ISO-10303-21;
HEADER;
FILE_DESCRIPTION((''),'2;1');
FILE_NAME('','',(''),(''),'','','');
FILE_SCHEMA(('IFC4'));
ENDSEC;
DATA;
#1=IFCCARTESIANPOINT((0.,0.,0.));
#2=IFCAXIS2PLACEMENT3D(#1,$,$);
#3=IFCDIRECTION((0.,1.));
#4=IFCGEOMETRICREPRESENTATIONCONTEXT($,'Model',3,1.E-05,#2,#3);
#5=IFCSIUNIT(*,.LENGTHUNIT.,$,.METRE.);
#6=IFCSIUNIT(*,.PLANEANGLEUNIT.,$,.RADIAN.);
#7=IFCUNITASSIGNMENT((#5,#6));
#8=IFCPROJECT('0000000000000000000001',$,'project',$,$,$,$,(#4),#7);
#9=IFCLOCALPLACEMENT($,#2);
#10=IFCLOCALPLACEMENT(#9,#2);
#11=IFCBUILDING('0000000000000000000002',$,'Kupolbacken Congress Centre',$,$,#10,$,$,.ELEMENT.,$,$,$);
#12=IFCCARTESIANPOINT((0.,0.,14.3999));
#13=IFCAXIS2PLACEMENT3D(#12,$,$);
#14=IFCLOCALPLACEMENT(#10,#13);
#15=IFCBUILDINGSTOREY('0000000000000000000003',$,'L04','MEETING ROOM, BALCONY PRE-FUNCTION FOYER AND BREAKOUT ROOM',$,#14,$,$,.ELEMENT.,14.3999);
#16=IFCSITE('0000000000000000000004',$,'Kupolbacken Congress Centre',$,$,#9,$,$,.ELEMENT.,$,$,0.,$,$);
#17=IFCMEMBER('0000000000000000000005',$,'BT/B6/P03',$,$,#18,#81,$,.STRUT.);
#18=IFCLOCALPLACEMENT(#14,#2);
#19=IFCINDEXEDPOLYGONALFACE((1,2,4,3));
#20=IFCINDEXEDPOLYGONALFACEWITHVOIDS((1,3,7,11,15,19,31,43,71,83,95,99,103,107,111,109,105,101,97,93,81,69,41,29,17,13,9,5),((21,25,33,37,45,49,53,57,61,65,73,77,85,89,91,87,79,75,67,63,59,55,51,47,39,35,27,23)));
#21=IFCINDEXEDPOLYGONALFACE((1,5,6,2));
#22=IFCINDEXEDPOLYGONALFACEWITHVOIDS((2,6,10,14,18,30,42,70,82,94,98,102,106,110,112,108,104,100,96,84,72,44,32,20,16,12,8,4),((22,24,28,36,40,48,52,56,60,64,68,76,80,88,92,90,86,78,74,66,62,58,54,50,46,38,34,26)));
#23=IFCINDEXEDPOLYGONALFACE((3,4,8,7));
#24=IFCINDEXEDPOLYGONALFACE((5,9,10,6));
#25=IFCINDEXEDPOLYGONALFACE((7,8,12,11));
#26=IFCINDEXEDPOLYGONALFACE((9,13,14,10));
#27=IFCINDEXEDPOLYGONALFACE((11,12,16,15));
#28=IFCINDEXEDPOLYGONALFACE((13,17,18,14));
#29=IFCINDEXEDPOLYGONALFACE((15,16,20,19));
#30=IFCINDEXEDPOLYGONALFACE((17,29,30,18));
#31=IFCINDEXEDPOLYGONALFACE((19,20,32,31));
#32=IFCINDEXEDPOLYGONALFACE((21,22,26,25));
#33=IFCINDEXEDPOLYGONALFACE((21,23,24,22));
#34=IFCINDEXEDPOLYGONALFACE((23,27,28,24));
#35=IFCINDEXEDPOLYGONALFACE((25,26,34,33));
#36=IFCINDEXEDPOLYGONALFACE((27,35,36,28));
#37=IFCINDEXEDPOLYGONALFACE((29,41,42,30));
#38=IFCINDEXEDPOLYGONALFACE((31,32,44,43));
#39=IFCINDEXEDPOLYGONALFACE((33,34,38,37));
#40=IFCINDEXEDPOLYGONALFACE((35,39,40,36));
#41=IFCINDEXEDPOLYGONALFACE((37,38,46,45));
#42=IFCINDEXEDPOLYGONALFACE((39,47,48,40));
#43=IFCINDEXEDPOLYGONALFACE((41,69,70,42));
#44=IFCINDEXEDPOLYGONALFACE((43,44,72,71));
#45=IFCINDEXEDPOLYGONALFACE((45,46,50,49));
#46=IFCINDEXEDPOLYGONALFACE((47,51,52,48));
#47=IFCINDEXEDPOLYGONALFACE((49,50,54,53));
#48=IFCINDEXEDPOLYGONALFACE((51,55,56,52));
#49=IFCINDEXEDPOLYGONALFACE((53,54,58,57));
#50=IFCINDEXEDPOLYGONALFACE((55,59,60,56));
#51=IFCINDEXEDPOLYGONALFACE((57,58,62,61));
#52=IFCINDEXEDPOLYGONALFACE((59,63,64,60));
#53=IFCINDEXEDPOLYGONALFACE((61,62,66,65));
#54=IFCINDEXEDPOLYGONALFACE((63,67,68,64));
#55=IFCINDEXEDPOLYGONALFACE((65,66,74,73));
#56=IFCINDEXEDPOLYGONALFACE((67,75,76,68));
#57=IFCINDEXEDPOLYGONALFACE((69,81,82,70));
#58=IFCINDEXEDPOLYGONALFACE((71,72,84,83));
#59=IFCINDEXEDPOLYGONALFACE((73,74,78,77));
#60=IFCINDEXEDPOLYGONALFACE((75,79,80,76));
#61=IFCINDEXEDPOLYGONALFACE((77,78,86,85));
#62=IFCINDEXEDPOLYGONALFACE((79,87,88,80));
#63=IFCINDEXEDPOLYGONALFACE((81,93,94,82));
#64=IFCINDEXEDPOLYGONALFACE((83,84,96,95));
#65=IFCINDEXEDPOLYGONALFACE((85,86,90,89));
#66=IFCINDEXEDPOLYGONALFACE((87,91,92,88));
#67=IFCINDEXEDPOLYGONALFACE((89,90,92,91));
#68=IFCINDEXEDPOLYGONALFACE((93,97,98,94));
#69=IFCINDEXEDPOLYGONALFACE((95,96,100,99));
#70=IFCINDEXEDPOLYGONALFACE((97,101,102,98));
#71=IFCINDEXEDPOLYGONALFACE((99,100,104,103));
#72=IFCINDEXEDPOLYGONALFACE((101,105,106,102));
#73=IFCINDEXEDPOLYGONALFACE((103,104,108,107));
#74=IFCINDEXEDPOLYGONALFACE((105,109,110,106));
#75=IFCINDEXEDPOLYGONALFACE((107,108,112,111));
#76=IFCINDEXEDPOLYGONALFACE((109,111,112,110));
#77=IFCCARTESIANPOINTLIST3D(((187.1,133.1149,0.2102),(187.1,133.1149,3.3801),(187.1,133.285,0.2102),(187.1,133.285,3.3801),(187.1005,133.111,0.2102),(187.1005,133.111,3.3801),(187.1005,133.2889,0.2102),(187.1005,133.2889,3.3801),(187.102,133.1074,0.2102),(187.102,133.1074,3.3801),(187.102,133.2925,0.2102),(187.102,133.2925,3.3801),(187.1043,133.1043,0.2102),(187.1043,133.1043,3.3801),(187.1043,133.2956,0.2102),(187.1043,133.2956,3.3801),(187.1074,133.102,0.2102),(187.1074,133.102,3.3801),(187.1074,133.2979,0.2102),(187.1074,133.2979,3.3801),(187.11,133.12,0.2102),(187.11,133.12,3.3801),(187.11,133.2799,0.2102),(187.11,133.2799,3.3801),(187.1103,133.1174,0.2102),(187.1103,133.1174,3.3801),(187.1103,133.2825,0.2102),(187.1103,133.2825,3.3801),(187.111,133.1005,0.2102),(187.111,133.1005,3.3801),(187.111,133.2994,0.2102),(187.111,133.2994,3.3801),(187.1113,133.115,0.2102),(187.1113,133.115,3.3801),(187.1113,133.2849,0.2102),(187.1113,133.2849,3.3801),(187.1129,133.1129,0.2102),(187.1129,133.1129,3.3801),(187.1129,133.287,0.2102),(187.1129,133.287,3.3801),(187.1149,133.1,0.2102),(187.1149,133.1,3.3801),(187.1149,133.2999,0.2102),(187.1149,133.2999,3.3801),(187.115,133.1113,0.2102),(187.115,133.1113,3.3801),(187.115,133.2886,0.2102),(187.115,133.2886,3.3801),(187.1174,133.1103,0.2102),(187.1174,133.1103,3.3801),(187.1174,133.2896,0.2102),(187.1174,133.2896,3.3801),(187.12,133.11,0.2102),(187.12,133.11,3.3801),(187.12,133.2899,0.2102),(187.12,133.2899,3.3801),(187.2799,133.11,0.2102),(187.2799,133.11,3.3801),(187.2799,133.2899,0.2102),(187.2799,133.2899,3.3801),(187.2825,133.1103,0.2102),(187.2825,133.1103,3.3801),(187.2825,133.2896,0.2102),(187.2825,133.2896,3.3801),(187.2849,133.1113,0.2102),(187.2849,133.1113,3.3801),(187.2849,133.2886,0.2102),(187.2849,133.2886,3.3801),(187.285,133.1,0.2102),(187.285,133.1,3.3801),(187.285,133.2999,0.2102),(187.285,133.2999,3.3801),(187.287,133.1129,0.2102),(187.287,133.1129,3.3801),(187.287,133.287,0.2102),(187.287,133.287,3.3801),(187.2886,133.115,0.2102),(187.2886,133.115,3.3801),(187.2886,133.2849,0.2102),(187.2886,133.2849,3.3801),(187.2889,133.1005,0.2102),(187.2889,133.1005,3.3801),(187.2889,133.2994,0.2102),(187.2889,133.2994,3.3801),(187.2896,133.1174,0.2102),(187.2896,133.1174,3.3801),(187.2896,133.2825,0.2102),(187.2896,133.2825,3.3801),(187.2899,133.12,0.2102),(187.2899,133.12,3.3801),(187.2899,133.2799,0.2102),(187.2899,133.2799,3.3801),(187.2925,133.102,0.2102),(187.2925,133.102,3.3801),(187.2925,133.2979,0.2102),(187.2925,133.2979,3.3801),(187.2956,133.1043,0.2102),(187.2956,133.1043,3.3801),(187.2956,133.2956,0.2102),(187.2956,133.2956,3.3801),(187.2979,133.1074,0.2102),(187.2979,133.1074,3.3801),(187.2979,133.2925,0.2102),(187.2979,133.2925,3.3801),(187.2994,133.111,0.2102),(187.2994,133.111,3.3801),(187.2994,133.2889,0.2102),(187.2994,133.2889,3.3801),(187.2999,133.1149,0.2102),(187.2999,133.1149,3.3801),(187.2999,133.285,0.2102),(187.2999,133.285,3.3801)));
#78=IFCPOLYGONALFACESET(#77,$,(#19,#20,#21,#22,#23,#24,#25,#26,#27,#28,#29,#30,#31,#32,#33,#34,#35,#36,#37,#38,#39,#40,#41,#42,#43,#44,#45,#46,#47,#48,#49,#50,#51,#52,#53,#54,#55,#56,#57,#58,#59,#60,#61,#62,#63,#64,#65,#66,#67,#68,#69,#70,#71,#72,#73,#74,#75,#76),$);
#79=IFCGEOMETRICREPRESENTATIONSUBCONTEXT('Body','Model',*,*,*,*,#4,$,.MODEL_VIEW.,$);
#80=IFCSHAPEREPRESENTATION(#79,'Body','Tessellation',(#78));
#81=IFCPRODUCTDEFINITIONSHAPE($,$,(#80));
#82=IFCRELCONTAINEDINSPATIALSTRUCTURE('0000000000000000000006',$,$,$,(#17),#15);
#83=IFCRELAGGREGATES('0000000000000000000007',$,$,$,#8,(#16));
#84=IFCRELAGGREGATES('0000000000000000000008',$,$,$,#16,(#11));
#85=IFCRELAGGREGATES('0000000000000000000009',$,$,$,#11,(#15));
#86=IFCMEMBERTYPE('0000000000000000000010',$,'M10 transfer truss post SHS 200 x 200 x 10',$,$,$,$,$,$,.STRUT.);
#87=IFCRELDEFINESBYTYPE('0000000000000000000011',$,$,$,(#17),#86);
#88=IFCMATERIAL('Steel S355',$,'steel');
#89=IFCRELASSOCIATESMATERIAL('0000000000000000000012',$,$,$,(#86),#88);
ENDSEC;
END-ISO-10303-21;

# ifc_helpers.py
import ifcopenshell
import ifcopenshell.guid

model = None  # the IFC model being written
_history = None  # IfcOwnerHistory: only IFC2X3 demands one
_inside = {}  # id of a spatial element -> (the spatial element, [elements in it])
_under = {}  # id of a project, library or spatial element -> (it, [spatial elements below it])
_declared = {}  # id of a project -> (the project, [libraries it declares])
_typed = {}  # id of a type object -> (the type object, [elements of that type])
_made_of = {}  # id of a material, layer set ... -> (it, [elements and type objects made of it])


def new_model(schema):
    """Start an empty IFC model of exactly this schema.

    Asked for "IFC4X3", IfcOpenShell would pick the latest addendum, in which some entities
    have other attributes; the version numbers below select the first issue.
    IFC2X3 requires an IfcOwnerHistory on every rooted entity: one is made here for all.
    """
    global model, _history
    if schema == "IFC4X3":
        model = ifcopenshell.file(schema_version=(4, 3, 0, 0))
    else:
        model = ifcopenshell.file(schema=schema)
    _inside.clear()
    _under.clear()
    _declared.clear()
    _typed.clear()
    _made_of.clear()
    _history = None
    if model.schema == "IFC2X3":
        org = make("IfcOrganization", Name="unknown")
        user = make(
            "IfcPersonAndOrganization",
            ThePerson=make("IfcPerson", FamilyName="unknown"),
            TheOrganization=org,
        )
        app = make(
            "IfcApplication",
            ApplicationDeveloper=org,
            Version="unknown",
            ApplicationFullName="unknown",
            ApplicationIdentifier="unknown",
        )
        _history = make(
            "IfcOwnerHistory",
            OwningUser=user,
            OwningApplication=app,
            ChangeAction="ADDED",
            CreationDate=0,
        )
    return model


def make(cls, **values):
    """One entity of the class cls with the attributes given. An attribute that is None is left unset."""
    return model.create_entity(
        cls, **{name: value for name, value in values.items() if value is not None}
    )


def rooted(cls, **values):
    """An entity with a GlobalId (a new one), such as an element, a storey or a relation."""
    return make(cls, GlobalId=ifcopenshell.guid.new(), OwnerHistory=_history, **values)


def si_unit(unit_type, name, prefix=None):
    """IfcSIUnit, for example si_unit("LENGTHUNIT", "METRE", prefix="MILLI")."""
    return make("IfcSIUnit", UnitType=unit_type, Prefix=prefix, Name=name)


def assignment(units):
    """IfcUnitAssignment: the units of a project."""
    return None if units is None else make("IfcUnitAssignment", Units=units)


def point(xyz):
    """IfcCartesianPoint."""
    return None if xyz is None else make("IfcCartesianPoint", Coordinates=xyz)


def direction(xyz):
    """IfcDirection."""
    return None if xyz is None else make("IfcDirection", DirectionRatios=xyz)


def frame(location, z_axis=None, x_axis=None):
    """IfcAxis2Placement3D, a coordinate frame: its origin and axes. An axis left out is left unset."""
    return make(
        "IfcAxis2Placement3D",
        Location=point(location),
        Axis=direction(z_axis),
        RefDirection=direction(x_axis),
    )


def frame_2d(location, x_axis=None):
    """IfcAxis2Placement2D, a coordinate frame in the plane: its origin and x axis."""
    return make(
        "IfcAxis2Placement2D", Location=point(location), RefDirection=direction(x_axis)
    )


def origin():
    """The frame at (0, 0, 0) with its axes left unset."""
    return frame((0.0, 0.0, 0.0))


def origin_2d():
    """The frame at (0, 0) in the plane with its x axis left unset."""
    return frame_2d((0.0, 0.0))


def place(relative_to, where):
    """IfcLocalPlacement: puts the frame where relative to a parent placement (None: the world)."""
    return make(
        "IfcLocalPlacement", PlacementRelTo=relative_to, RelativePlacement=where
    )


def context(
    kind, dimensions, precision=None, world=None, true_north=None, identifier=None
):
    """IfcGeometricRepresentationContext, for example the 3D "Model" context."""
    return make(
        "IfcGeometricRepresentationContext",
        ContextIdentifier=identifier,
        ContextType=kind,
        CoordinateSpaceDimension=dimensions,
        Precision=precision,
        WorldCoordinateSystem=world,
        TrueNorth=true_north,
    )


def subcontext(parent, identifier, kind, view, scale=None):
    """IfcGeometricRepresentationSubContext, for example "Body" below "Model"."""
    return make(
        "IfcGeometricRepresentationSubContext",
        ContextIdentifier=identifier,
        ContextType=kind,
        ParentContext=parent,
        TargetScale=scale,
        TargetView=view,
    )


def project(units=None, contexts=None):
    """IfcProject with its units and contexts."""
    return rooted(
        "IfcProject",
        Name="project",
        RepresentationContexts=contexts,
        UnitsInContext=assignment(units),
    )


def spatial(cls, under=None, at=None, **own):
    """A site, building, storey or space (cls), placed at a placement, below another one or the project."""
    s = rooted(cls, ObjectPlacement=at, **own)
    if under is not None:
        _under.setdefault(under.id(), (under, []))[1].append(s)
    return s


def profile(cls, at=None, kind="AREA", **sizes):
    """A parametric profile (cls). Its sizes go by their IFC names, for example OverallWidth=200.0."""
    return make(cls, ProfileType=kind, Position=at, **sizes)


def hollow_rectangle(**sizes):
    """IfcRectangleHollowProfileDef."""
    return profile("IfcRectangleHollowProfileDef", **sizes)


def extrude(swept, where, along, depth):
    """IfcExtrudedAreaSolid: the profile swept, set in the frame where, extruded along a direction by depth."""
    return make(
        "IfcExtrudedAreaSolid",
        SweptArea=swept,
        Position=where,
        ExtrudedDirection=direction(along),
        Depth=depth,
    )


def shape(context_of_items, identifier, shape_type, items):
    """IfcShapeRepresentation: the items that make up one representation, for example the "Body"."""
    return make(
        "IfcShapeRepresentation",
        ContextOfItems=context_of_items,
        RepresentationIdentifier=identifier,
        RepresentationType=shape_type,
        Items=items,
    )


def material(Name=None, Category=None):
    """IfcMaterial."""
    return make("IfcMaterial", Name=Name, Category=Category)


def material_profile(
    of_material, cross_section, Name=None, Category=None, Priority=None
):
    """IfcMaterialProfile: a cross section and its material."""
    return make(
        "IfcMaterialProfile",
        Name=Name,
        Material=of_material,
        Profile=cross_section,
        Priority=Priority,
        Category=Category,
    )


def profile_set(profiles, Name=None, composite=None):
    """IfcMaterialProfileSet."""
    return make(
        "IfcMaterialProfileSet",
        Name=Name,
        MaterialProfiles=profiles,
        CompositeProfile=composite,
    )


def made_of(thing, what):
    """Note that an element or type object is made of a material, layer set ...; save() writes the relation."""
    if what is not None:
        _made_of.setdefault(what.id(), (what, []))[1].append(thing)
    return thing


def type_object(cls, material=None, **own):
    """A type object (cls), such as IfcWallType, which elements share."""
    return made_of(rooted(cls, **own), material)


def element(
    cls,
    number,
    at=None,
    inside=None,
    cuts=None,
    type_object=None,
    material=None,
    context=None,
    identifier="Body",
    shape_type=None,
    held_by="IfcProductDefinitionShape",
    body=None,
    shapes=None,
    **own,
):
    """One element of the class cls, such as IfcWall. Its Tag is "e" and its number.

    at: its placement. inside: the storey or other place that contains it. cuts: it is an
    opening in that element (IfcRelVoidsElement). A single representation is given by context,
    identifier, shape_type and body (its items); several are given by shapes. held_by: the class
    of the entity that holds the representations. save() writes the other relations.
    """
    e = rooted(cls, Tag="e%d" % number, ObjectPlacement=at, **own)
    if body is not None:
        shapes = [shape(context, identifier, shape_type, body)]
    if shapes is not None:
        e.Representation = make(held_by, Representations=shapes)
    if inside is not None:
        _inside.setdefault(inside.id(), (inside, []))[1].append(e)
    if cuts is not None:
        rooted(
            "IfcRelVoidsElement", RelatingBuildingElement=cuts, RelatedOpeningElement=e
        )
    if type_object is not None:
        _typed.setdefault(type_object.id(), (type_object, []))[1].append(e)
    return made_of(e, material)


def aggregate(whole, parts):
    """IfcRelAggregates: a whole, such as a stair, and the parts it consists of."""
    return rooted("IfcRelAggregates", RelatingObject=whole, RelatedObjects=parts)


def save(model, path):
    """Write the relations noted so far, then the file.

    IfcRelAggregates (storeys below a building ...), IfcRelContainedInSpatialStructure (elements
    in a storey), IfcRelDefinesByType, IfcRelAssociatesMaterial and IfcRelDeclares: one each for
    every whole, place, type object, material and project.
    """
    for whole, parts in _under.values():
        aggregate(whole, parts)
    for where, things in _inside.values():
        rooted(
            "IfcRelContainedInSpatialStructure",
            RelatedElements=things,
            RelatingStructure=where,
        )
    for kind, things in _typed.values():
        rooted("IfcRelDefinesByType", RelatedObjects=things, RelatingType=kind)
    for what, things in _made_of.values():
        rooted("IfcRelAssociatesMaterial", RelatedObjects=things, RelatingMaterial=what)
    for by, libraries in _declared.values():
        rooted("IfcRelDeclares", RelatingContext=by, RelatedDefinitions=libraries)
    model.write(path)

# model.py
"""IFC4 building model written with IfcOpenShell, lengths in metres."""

from ifc_helpers import new_model, si_unit, direction, frame, origin, origin_2d, place, context, subcontext, project, spatial, hollow_rectangle, extrude, material, material_profile, profile_set, type_object, element, save


model = new_model("IFC4")

# Units and contexts
model_context = context("Model", 3, precision=1e-05, world=origin(), true_north=direction((0.0, 1.0)))
body_context = subcontext(model_context, "Body", "Model", "MODEL_VIEW")
ifc_project = project(units=[si_unit("LENGTHUNIT", "METRE"), si_unit("PLANEANGLEUNIT", "RADIAN")], contexts=[model_context])

# Site, building, storey
site_placement = place(None, origin())
site = spatial("IfcSite", under=ifc_project, at=site_placement, Name="Kupolbacken Congress Centre", CompositionType="ELEMENT", RefElevation=0.0)
building_placement = place(site_placement, origin())
building = spatial("IfcBuilding", under=site, at=building_placement, Name="Kupolbacken Congress Centre", CompositionType="ELEMENT")
storey_placement = place(building_placement, frame((0.0, 0.0, 14.3999)))
storey = spatial("IfcBuildingStorey", under=building, at=storey_placement, Name="L04", Description="MEETING ROOM, BALCONY PRE-FUNCTION FOYER AND BREAKOUT ROOM", CompositionType="ELEMENT", Elevation=14.3999)

# Member
ifc_material_1 = material(Name="Steel S355", Category="steel")
ifc_material_profile_1 = material_profile(ifc_material_1, hollow_rectangle(XDim=0.2, YDim=0.2, WallThickness=0.01, InnerFilletRadius=0.01, OuterFilletRadius=0.0149, at=origin_2d()), Name="SHS 200 x 200 x 10")
ifc_profile_set_1 = profile_set([ifc_material_profile_1], Name="Steel S355")
member_type_1 = type_object("IfcMemberType", Name="M10 transfer truss post SHS 200 x 200 x 10", PredefinedType="STRUT", material=ifc_profile_set_1)
for number, where, z_axis, x_axis, name in (
    (1, (187.2, 133.2, 0.2102), (0.0, 0.0, 1.0), (0.0, 1.0, 0.0), "BT/B6/P03"),
):
    element("IfcMember", number, at=place(storey_placement, frame(where, z_axis=z_axis, x_axis=x_axis)), inside=storey, type_object=member_type_1, Name=name, PredefinedType="STRUT", context=body_context, shape_type="SweptSolid", body=[
        extrude(hollow_rectangle(XDim=0.2, YDim=0.2, WallThickness=0.01, InnerFilletRadius=0.01, OuterFilletRadius=0.0149, at=origin_2d()), origin(), (0.0, 0.0, 1.0), 3.1699),
    ])

save(model, "model.ifc")
